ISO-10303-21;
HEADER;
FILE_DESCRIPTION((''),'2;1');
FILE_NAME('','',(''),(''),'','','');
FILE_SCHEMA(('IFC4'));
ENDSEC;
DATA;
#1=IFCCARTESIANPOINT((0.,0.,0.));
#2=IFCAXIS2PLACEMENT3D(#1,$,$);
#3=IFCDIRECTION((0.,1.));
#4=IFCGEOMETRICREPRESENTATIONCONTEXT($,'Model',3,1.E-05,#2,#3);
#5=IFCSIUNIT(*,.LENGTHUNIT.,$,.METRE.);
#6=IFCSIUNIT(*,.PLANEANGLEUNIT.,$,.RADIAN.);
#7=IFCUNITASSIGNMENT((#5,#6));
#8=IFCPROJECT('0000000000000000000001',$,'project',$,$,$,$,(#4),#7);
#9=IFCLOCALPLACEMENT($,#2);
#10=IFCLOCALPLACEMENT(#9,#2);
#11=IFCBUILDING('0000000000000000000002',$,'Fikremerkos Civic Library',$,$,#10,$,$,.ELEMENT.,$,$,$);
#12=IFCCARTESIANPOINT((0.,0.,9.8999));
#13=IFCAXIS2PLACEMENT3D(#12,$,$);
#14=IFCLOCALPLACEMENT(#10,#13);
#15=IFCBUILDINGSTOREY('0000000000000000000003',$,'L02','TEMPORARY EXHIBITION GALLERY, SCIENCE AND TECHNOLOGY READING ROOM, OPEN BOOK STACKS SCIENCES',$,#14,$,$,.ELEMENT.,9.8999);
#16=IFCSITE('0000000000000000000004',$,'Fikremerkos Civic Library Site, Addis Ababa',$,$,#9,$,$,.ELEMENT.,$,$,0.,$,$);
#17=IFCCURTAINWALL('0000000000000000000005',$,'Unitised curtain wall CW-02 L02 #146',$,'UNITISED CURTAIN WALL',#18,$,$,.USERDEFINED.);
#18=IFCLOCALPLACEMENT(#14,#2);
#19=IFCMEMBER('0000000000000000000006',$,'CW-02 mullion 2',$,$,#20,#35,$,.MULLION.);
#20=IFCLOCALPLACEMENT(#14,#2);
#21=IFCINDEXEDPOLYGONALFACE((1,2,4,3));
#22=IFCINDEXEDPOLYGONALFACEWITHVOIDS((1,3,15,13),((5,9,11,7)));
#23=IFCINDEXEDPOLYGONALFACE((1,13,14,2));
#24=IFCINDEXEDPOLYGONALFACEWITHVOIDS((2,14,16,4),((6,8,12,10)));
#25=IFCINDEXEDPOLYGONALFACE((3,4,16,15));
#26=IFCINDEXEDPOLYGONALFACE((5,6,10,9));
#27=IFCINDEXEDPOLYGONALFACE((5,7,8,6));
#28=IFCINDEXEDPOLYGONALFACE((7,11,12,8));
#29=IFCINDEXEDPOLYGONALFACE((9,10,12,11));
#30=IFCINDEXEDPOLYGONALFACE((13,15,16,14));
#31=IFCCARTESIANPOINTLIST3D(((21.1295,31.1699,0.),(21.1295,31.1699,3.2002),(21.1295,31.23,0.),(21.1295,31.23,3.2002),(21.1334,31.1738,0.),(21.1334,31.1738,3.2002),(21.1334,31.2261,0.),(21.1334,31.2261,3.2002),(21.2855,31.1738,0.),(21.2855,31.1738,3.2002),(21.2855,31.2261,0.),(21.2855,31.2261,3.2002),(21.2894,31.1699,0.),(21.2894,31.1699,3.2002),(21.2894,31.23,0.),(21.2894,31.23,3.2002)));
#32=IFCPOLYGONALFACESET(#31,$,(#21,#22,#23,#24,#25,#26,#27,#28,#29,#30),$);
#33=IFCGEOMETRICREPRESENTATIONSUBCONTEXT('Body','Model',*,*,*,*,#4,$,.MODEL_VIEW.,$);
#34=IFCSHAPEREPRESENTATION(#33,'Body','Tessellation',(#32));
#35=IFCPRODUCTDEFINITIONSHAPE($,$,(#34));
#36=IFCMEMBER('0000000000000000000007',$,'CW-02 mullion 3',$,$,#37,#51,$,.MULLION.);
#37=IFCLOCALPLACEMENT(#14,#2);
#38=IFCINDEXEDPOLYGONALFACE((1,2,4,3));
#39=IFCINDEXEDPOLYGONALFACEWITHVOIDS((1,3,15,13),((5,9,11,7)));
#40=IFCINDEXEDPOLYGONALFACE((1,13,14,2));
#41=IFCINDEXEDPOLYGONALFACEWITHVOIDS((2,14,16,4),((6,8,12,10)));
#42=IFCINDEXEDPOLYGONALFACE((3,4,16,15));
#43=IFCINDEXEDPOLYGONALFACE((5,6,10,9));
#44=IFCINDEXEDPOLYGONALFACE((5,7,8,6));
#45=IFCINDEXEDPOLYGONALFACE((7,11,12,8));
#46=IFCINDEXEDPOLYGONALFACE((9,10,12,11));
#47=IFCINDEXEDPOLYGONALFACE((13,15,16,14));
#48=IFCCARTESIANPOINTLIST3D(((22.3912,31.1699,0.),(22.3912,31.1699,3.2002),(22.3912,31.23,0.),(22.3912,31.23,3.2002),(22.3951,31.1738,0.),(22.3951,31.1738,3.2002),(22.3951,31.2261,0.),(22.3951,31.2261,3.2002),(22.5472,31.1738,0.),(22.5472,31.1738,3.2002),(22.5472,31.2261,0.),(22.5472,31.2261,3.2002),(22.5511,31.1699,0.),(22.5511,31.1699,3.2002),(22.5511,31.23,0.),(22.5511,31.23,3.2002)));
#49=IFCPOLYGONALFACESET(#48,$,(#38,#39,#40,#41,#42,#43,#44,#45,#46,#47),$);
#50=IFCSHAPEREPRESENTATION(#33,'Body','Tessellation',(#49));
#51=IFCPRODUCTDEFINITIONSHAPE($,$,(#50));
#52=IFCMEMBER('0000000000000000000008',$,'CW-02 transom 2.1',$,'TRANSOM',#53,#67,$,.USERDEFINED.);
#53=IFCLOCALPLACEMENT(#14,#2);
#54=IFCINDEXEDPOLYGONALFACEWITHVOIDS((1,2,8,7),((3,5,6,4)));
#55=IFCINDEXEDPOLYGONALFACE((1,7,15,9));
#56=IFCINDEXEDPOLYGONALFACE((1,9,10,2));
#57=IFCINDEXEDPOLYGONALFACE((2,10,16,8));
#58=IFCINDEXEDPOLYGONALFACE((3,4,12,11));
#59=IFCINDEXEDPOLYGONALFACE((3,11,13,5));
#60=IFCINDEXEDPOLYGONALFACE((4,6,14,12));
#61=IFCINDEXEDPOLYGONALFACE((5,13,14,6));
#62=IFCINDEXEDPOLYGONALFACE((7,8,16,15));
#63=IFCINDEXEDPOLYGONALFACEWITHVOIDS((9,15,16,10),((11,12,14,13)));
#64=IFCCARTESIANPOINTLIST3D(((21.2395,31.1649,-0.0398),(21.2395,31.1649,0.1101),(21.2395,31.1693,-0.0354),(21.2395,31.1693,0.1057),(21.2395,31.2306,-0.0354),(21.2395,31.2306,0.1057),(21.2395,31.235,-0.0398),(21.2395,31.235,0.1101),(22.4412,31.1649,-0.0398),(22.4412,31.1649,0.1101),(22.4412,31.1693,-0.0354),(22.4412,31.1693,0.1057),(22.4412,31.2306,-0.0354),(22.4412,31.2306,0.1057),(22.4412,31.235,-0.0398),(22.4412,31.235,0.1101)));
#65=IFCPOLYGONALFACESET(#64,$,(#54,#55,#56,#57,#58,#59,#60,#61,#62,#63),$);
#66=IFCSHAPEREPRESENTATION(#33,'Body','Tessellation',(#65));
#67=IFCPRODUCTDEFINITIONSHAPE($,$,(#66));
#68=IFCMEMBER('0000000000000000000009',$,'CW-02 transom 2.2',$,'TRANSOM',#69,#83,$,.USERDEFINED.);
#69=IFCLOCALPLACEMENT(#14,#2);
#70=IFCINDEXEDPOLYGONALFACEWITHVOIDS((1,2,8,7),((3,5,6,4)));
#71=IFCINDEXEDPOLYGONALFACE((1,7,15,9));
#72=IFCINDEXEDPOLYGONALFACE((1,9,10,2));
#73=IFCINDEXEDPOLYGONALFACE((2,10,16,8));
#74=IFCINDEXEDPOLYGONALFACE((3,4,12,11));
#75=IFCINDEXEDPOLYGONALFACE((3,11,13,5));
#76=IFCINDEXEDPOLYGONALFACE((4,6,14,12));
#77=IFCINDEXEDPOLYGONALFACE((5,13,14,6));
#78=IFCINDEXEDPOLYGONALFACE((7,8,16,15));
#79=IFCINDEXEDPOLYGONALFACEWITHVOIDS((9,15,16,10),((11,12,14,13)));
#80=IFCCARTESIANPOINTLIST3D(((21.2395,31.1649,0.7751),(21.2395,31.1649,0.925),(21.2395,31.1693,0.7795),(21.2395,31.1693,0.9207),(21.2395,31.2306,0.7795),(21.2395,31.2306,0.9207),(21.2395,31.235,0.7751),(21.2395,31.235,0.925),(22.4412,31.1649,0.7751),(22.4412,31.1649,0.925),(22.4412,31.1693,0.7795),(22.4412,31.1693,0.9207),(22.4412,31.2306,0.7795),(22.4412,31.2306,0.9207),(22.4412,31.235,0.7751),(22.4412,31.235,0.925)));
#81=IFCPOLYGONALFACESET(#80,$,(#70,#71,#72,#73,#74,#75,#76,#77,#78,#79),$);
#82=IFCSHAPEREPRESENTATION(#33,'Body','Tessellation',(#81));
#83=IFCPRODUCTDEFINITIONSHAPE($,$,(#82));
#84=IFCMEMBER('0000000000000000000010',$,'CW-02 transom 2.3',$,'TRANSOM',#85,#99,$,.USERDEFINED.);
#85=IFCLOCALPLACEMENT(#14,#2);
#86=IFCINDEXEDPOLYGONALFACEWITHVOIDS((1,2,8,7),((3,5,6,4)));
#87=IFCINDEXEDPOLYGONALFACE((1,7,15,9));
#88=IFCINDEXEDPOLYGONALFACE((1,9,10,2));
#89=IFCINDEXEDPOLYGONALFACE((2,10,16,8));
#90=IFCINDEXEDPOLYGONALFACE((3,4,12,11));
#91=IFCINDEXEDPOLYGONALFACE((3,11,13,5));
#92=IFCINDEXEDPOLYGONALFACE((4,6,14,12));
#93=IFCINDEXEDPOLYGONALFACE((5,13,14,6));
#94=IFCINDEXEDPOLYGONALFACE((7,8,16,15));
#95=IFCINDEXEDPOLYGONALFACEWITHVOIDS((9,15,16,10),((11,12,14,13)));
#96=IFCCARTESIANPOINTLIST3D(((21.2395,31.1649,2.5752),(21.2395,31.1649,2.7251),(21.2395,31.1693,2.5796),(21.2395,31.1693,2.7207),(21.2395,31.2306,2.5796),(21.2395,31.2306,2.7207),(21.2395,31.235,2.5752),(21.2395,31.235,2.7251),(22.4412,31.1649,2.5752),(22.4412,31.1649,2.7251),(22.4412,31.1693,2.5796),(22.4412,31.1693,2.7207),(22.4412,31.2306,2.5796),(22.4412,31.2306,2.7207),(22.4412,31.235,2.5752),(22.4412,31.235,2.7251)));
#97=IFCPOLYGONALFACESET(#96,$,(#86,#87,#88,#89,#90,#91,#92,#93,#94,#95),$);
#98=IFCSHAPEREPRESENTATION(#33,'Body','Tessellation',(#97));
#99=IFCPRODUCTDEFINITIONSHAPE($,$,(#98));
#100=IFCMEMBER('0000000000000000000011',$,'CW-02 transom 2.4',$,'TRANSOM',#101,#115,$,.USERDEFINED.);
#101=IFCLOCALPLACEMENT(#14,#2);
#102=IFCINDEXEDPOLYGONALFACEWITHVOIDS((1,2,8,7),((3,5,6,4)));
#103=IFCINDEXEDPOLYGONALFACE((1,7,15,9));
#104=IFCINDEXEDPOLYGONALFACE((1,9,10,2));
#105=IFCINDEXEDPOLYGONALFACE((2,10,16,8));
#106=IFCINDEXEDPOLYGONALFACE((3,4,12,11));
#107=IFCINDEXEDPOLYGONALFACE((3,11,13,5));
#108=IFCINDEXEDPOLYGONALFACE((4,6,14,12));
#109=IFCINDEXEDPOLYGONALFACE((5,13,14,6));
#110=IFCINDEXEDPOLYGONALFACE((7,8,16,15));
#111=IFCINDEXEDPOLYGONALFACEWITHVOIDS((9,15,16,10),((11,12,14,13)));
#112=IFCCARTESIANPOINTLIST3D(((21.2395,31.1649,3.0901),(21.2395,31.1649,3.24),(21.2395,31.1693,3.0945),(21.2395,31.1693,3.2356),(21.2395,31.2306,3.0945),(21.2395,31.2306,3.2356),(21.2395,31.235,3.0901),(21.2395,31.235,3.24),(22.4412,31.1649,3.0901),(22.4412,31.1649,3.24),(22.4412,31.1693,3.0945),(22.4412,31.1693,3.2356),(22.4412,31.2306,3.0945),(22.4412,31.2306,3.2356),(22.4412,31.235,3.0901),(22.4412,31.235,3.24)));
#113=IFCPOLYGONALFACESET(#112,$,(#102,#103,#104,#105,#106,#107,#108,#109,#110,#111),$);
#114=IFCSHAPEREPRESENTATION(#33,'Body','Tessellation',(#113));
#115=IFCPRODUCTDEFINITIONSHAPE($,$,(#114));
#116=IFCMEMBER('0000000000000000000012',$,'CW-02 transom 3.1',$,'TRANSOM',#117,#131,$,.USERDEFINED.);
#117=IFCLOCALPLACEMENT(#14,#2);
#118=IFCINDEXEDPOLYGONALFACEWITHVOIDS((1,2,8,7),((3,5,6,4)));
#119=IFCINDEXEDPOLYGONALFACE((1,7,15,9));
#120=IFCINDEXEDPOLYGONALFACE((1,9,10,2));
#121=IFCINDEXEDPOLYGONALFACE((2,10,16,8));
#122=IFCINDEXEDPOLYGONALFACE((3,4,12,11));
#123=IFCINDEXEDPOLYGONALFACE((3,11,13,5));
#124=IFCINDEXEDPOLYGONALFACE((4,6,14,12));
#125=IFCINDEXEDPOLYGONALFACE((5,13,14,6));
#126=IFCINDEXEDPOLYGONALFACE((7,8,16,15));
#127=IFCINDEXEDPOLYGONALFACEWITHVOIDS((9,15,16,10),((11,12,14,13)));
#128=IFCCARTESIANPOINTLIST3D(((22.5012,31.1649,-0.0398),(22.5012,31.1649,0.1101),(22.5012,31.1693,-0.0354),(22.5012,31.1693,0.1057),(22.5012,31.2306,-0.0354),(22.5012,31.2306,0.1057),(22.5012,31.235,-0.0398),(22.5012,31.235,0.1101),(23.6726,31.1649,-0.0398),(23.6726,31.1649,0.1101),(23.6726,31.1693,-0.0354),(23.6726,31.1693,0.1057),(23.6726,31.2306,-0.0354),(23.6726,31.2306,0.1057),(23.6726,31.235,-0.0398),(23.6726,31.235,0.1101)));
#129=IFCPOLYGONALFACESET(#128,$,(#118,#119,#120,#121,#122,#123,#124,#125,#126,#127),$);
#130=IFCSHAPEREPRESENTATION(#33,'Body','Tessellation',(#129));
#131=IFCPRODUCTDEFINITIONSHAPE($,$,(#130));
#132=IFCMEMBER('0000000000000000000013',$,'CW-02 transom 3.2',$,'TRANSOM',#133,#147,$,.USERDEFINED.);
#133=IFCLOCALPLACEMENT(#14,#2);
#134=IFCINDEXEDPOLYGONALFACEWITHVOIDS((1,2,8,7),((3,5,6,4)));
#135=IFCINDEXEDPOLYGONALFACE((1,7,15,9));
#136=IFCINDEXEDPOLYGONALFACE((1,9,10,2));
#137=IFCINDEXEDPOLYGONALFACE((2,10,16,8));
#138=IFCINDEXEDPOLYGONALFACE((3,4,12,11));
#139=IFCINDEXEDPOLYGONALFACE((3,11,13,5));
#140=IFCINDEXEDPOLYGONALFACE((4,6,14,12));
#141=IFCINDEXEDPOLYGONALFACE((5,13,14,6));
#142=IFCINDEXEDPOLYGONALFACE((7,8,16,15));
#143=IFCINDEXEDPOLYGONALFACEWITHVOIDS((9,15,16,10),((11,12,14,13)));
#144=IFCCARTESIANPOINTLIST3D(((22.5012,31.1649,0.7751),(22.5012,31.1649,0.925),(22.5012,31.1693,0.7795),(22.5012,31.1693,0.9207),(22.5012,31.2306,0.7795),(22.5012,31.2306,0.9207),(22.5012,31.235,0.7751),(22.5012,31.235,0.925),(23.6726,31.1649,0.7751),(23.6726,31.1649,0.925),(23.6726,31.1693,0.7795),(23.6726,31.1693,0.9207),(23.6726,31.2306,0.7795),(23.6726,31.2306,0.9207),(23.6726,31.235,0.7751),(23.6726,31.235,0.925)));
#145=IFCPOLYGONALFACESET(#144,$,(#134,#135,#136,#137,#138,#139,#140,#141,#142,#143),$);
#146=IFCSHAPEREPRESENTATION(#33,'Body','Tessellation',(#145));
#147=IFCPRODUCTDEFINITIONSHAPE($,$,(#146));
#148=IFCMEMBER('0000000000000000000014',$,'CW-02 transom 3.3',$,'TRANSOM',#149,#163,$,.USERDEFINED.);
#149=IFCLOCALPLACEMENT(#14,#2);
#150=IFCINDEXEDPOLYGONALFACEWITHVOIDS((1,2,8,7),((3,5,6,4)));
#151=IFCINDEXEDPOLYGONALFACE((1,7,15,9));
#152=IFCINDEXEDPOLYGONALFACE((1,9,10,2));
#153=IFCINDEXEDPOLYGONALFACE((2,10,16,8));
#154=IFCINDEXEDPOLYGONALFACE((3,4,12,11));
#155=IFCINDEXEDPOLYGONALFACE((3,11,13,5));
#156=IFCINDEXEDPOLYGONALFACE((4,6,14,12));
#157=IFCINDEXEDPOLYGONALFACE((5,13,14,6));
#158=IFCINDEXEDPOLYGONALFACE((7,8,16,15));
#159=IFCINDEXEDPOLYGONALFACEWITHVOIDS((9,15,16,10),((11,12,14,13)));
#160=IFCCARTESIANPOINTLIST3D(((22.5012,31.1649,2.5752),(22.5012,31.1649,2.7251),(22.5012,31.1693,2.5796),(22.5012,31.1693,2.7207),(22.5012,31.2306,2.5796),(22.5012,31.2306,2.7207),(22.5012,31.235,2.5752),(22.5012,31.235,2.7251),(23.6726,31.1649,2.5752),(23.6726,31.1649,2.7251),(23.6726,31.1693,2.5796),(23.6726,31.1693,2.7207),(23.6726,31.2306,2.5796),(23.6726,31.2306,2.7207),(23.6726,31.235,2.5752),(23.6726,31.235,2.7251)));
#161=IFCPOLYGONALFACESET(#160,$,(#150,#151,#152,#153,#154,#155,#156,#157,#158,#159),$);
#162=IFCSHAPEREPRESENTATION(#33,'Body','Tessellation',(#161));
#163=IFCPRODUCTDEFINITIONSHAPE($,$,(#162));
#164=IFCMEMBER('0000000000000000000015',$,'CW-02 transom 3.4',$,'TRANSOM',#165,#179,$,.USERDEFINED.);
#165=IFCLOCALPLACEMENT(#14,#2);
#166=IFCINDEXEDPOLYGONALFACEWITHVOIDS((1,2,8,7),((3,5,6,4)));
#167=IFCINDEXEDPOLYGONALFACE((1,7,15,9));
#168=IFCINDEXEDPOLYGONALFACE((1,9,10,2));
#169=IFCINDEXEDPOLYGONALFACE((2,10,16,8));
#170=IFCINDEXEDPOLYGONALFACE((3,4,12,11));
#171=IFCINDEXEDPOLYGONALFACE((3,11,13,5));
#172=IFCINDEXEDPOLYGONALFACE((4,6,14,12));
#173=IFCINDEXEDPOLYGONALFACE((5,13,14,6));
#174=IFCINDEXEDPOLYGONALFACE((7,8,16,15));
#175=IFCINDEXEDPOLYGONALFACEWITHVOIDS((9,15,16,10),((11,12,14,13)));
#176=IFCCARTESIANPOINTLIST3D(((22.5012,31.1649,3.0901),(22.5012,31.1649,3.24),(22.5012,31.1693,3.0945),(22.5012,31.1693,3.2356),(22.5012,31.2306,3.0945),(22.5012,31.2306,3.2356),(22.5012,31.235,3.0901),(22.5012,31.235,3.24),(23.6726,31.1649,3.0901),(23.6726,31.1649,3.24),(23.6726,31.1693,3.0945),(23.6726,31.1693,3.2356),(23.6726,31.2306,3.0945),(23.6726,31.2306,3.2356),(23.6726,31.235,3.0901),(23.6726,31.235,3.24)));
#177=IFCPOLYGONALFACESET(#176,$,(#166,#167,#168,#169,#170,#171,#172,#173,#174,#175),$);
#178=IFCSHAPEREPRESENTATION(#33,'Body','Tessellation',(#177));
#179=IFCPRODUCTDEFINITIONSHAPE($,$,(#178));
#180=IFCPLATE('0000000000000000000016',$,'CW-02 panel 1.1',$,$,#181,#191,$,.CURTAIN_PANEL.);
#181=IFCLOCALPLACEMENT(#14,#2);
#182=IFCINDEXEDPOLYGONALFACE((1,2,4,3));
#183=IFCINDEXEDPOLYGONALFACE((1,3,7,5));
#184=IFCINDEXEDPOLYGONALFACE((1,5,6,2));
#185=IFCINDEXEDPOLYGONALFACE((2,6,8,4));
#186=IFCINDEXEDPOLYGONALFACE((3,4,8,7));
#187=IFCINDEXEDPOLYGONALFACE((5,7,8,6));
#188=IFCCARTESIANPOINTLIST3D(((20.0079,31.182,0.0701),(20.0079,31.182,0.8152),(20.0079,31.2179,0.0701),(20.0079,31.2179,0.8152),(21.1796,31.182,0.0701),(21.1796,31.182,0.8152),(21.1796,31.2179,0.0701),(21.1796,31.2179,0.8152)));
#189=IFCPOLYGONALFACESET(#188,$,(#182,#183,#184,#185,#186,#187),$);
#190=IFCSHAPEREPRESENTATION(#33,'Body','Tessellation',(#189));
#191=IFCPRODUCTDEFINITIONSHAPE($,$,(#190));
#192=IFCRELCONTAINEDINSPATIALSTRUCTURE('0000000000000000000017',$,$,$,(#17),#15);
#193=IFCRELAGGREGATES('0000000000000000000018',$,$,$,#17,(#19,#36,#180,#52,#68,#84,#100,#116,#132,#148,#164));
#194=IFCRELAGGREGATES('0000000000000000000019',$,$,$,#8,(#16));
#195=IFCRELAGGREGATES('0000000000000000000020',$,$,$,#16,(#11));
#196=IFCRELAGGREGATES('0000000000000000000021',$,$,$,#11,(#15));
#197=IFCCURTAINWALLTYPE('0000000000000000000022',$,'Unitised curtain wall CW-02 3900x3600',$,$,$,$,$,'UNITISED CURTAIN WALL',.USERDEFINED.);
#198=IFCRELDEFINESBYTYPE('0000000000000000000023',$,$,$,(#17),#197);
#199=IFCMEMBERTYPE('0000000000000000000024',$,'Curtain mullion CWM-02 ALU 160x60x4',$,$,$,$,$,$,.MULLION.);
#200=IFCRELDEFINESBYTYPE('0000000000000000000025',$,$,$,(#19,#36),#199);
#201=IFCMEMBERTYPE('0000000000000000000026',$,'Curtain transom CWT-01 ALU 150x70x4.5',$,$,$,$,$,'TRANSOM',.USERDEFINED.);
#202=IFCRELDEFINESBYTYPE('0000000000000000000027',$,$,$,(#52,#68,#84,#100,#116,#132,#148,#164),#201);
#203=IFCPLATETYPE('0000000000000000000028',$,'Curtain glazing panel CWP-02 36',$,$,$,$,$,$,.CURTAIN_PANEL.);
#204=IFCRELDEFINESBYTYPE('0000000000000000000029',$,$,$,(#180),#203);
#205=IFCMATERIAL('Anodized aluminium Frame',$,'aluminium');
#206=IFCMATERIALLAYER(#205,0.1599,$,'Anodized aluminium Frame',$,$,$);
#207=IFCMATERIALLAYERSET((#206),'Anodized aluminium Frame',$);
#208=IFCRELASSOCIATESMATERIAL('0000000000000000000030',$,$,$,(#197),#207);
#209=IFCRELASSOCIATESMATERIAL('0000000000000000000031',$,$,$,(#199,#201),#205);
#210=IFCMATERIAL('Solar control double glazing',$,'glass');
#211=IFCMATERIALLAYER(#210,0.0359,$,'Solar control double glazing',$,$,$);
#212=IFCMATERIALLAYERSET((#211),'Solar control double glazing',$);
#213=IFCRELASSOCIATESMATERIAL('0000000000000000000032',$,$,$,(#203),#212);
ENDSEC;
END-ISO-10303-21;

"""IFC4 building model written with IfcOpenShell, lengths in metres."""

from ifc_helpers import new_model, si_unit, direction, frame, origin, origin_2d, place, context, subcontext, project, spatial, rectangle, hollow_rectangle, extrude, material, layer, layer_set, material_profile, profile_set, type_object, element, aggregate, save


model = new_model("IFC4")

# Units and contexts
model_context = context("Model", 3, precision=1e-05, world=origin(), true_north=direction((0.0, 1.0)))
body_context = subcontext(model_context, "Body", "Model", "MODEL_VIEW")
ifc_project = project(units=[si_unit("LENGTHUNIT", "METRE"), si_unit("PLANEANGLEUNIT", "RADIAN")], contexts=[model_context])

# Site, building, storey
site_placement = place(None, origin())
site = spatial("IfcSite", under=ifc_project, at=site_placement, Name="Fikremerkos Civic Library Site, Addis Ababa", CompositionType="ELEMENT", RefElevation=0.0)
building_placement = place(site_placement, origin())
building = spatial("IfcBuilding", under=site, at=building_placement, Name="Fikremerkos Civic Library", CompositionType="ELEMENT")
storey_placement = place(building_placement, frame((0.0, 0.0, 9.8999)))
storey = spatial("IfcBuildingStorey", under=building, at=storey_placement, Name="L02", Description="TEMPORARY EXHIBITION GALLERY, SCIENCE AND TECHNOLOGY READING ROOM, OPEN BOOK STACKS SCIENCES", CompositionType="ELEMENT", Elevation=9.8999)

# Curtain wall, members, plate
ifc_material_1 = material(Name="Anodized aluminium Frame", Category="aluminium")
ifc_layer_1 = layer(ifc_material_1, 0.1599, Name="Anodized aluminium Frame")
ifc_layer_set_1 = layer_set([ifc_layer_1], Name="Anodized aluminium Frame")
curtain_wall_type = type_object("IfcCurtainWallType", Name="Unitised curtain wall CW-02 3900x3600", ElementType="UNITISED CURTAIN WALL", PredefinedType="USERDEFINED", material=ifc_layer_set_1)
curtain_wall_placement = place(storey_placement, origin())
curtain_wall = element("IfcCurtainWall", 1, at=curtain_wall_placement, inside=storey, type_object=curtain_wall_type, Name="Unitised curtain wall CW-02 L02 #146", ObjectType="UNITISED CURTAIN WALL", PredefinedType="USERDEFINED")
ifc_material_profile_1 = material_profile(ifc_material_1, hollow_rectangle(XDim=0.0601, YDim=0.1599, WallThickness=0.0039, at=origin_2d()), Name="ALU 160x60x4")
ifc_profile_set_1 = profile_set([ifc_material_profile_1], Name="Anodized aluminium Frame")
member_type_1 = type_object("IfcMemberType", Name="Curtain mullion CWM-02 ALU 160x60x4", PredefinedType="MULLION", material=ifc_profile_set_1)
member_1_placement = place(storey_placement, frame((21.2095, 31.2, 0.0), z_axis=(0.0, 0.0, 1.0), x_axis=(0.0, 1.0, 0.0)))
member_1 = element("IfcMember", 2, at=member_1_placement, type_object=member_type_1, Name="CW-02 mullion 2", PredefinedType="MULLION", context=body_context, shape_type="SweptSolid", body=[
    extrude(hollow_rectangle(XDim=0.0601, YDim=0.1599, WallThickness=0.0039, at=origin_2d()), origin(), (0.0, 0.0, 1.0), 3.2002),
])
member_2_placement = place(storey_placement, frame((22.4712, 31.2, 0.0), z_axis=(0.0, 0.0, 1.0), x_axis=(0.0, 1.0, 0.0)))
member_2 = element("IfcMember", 3, at=member_2_placement, type_object=member_type_1, Name="CW-02 mullion 3", PredefinedType="MULLION", context=body_context, shape_type="SweptSolid", body=[
    extrude(hollow_rectangle(XDim=0.0601, YDim=0.1599, WallThickness=0.0039, at=origin_2d()), origin(), (0.0, 0.0, 1.0), 3.2002),
])
ifc_material_profile_2 = material_profile(ifc_material_1, hollow_rectangle(XDim=0.0701, YDim=0.1499, WallThickness=0.0044, at=origin_2d()), Name="ALU 150x70x4.5")
ifc_profile_set_2 = profile_set([ifc_material_profile_2], Name="Anodized aluminium Frame")
member_type_2 = type_object("IfcMemberType", Name="Curtain transom CWT-01 ALU 150x70x4.5", ElementType="TRANSOM", PredefinedType="USERDEFINED", material=ifc_profile_set_2)
member_3_placement = place(storey_placement, frame((21.2395, 31.2, 0.0352), z_axis=(1.0, 0.0, 0.0), x_axis=(0.0, 1.0, 0.0)))
member_3 = element("IfcMember", 4, at=member_3_placement, type_object=member_type_2, Name="CW-02 transom 2.1", ObjectType="TRANSOM", PredefinedType="USERDEFINED", context=body_context, shape_type="SweptSolid", body=[
    extrude(hollow_rectangle(XDim=0.0701, YDim=0.1499, WallThickness=0.0044, at=origin_2d()), origin(), (0.0, 0.0, 1.0), 1.2017),
])
member_4_placement = place(storey_placement, frame((21.2395, 31.2, 0.8501), z_axis=(1.0, 0.0, 0.0), x_axis=(0.0, 1.0, 0.0)))
member_4 = element("IfcMember", 5, at=member_4_placement, type_object=member_type_2, Name="CW-02 transom 2.2", ObjectType="TRANSOM", PredefinedType="USERDEFINED", context=body_context, shape_type="SweptSolid", body=[
    extrude(hollow_rectangle(XDim=0.0701, YDim=0.1499, WallThickness=0.0044, at=origin_2d()), origin(), (0.0, 0.0, 1.0), 1.2017),
])
member_5_placement = place(storey_placement, frame((21.2395, 31.2, 2.6501), z_axis=(1.0, 0.0, 0.0), x_axis=(0.0, 1.0, 0.0)))
member_5 = element("IfcMember", 6, at=member_5_placement, type_object=member_type_2, Name="CW-02 transom 2.3", ObjectType="TRANSOM", PredefinedType="USERDEFINED", context=body_context, shape_type="SweptSolid", body=[
    extrude(hollow_rectangle(XDim=0.0701, YDim=0.1499, WallThickness=0.0044, at=origin_2d()), origin(), (0.0, 0.0, 1.0), 1.2017),
])
member_6_placement = place(storey_placement, frame((21.2395, 31.2, 3.165), z_axis=(1.0, 0.0, 0.0), x_axis=(0.0, 1.0, 0.0)))
member_6 = element("IfcMember", 7, at=member_6_placement, type_object=member_type_2, Name="CW-02 transom 2.4", ObjectType="TRANSOM", PredefinedType="USERDEFINED", context=body_context, shape_type="SweptSolid", body=[
    extrude(hollow_rectangle(XDim=0.0701, YDim=0.1499, WallThickness=0.0044, at=origin_2d()), origin(), (0.0, 0.0, 1.0), 1.2017),
])
member_7_placement = place(storey_placement, frame((22.5012, 31.2, 0.0352), z_axis=(1.0, 0.0, 0.0), x_axis=(0.0, 1.0, 0.0)))
member_7 = element("IfcMember", 8, at=member_7_placement, type_object=member_type_2, Name="CW-02 transom 3.1", ObjectType="TRANSOM", PredefinedType="USERDEFINED", context=body_context, shape_type="SweptSolid", body=[
    extrude(hollow_rectangle(XDim=0.0701, YDim=0.1499, WallThickness=0.0044, at=origin_2d()), origin(), (0.0, 0.0, 1.0), 1.1714),
])
member_8_placement = place(storey_placement, frame((22.5012, 31.2, 0.8501), z_axis=(1.0, 0.0, 0.0), x_axis=(0.0, 1.0, 0.0)))
member_8 = element("IfcMember", 9, at=member_8_placement, type_object=member_type_2, Name="CW-02 transom 3.2", ObjectType="TRANSOM", PredefinedType="USERDEFINED", context=body_context, shape_type="SweptSolid", body=[
    extrude(hollow_rectangle(XDim=0.0701, YDim=0.1499, WallThickness=0.0044, at=origin_2d()), origin(), (0.0, 0.0, 1.0), 1.1714),
])
member_9_placement = place(storey_placement, frame((22.5012, 31.2, 2.6501), z_axis=(1.0, 0.0, 0.0), x_axis=(0.0, 1.0, 0.0)))
member_9 = element("IfcMember", 10, at=member_9_placement, type_object=member_type_2, Name="CW-02 transom 3.3", ObjectType="TRANSOM", PredefinedType="USERDEFINED", context=body_context, shape_type="SweptSolid", body=[
    extrude(hollow_rectangle(XDim=0.0701, YDim=0.1499, WallThickness=0.0044, at=origin_2d()), origin(), (0.0, 0.0, 1.0), 1.1714),
])
member_10_placement = place(storey_placement, frame((22.5012, 31.2, 3.165), z_axis=(1.0, 0.0, 0.0), x_axis=(0.0, 1.0, 0.0)))
member_10 = element("IfcMember", 11, at=member_10_placement, type_object=member_type_2, Name="CW-02 transom 3.4", ObjectType="TRANSOM", PredefinedType="USERDEFINED", context=body_context, shape_type="SweptSolid", body=[
    extrude(hollow_rectangle(XDim=0.0701, YDim=0.1499, WallThickness=0.0044, at=origin_2d()), origin(), (0.0, 0.0, 1.0), 1.1714),
])
ifc_material_2 = material(Name="Solar control double glazing", Category="glass")
ifc_layer_2 = layer(ifc_material_2, 0.0359, Name="Solar control double glazing")
ifc_layer_set_2 = layer_set([ifc_layer_2], Name="Solar control double glazing")
plate_type = type_object("IfcPlateType", Name="Curtain glazing panel CWP-02 36", PredefinedType="CURTAIN_PANEL", material=ifc_layer_set_2)
plate_1_placement = place(storey_placement, frame((20.5938, 31.2, 0.0701), z_axis=(0.0, 0.0, 1.0), x_axis=(1.0, 0.0, 0.0)))
plate_1 = element("IfcPlate", 12, at=plate_1_placement, type_object=plate_type, Name="CW-02 panel 1.1", PredefinedType="CURTAIN_PANEL", context=body_context, shape_type="SweptSolid", body=[
    extrude(rectangle(XDim=1.1716, YDim=0.0359, at=origin_2d()), origin(), (0.0, 0.0, 1.0), 0.7451),
])
aggregate(curtain_wall, [member_1, member_2, plate_1, member_3, member_4, member_5, member_6, member_7, member_8, member_9, member_10])

save(model, "model.ifc")
